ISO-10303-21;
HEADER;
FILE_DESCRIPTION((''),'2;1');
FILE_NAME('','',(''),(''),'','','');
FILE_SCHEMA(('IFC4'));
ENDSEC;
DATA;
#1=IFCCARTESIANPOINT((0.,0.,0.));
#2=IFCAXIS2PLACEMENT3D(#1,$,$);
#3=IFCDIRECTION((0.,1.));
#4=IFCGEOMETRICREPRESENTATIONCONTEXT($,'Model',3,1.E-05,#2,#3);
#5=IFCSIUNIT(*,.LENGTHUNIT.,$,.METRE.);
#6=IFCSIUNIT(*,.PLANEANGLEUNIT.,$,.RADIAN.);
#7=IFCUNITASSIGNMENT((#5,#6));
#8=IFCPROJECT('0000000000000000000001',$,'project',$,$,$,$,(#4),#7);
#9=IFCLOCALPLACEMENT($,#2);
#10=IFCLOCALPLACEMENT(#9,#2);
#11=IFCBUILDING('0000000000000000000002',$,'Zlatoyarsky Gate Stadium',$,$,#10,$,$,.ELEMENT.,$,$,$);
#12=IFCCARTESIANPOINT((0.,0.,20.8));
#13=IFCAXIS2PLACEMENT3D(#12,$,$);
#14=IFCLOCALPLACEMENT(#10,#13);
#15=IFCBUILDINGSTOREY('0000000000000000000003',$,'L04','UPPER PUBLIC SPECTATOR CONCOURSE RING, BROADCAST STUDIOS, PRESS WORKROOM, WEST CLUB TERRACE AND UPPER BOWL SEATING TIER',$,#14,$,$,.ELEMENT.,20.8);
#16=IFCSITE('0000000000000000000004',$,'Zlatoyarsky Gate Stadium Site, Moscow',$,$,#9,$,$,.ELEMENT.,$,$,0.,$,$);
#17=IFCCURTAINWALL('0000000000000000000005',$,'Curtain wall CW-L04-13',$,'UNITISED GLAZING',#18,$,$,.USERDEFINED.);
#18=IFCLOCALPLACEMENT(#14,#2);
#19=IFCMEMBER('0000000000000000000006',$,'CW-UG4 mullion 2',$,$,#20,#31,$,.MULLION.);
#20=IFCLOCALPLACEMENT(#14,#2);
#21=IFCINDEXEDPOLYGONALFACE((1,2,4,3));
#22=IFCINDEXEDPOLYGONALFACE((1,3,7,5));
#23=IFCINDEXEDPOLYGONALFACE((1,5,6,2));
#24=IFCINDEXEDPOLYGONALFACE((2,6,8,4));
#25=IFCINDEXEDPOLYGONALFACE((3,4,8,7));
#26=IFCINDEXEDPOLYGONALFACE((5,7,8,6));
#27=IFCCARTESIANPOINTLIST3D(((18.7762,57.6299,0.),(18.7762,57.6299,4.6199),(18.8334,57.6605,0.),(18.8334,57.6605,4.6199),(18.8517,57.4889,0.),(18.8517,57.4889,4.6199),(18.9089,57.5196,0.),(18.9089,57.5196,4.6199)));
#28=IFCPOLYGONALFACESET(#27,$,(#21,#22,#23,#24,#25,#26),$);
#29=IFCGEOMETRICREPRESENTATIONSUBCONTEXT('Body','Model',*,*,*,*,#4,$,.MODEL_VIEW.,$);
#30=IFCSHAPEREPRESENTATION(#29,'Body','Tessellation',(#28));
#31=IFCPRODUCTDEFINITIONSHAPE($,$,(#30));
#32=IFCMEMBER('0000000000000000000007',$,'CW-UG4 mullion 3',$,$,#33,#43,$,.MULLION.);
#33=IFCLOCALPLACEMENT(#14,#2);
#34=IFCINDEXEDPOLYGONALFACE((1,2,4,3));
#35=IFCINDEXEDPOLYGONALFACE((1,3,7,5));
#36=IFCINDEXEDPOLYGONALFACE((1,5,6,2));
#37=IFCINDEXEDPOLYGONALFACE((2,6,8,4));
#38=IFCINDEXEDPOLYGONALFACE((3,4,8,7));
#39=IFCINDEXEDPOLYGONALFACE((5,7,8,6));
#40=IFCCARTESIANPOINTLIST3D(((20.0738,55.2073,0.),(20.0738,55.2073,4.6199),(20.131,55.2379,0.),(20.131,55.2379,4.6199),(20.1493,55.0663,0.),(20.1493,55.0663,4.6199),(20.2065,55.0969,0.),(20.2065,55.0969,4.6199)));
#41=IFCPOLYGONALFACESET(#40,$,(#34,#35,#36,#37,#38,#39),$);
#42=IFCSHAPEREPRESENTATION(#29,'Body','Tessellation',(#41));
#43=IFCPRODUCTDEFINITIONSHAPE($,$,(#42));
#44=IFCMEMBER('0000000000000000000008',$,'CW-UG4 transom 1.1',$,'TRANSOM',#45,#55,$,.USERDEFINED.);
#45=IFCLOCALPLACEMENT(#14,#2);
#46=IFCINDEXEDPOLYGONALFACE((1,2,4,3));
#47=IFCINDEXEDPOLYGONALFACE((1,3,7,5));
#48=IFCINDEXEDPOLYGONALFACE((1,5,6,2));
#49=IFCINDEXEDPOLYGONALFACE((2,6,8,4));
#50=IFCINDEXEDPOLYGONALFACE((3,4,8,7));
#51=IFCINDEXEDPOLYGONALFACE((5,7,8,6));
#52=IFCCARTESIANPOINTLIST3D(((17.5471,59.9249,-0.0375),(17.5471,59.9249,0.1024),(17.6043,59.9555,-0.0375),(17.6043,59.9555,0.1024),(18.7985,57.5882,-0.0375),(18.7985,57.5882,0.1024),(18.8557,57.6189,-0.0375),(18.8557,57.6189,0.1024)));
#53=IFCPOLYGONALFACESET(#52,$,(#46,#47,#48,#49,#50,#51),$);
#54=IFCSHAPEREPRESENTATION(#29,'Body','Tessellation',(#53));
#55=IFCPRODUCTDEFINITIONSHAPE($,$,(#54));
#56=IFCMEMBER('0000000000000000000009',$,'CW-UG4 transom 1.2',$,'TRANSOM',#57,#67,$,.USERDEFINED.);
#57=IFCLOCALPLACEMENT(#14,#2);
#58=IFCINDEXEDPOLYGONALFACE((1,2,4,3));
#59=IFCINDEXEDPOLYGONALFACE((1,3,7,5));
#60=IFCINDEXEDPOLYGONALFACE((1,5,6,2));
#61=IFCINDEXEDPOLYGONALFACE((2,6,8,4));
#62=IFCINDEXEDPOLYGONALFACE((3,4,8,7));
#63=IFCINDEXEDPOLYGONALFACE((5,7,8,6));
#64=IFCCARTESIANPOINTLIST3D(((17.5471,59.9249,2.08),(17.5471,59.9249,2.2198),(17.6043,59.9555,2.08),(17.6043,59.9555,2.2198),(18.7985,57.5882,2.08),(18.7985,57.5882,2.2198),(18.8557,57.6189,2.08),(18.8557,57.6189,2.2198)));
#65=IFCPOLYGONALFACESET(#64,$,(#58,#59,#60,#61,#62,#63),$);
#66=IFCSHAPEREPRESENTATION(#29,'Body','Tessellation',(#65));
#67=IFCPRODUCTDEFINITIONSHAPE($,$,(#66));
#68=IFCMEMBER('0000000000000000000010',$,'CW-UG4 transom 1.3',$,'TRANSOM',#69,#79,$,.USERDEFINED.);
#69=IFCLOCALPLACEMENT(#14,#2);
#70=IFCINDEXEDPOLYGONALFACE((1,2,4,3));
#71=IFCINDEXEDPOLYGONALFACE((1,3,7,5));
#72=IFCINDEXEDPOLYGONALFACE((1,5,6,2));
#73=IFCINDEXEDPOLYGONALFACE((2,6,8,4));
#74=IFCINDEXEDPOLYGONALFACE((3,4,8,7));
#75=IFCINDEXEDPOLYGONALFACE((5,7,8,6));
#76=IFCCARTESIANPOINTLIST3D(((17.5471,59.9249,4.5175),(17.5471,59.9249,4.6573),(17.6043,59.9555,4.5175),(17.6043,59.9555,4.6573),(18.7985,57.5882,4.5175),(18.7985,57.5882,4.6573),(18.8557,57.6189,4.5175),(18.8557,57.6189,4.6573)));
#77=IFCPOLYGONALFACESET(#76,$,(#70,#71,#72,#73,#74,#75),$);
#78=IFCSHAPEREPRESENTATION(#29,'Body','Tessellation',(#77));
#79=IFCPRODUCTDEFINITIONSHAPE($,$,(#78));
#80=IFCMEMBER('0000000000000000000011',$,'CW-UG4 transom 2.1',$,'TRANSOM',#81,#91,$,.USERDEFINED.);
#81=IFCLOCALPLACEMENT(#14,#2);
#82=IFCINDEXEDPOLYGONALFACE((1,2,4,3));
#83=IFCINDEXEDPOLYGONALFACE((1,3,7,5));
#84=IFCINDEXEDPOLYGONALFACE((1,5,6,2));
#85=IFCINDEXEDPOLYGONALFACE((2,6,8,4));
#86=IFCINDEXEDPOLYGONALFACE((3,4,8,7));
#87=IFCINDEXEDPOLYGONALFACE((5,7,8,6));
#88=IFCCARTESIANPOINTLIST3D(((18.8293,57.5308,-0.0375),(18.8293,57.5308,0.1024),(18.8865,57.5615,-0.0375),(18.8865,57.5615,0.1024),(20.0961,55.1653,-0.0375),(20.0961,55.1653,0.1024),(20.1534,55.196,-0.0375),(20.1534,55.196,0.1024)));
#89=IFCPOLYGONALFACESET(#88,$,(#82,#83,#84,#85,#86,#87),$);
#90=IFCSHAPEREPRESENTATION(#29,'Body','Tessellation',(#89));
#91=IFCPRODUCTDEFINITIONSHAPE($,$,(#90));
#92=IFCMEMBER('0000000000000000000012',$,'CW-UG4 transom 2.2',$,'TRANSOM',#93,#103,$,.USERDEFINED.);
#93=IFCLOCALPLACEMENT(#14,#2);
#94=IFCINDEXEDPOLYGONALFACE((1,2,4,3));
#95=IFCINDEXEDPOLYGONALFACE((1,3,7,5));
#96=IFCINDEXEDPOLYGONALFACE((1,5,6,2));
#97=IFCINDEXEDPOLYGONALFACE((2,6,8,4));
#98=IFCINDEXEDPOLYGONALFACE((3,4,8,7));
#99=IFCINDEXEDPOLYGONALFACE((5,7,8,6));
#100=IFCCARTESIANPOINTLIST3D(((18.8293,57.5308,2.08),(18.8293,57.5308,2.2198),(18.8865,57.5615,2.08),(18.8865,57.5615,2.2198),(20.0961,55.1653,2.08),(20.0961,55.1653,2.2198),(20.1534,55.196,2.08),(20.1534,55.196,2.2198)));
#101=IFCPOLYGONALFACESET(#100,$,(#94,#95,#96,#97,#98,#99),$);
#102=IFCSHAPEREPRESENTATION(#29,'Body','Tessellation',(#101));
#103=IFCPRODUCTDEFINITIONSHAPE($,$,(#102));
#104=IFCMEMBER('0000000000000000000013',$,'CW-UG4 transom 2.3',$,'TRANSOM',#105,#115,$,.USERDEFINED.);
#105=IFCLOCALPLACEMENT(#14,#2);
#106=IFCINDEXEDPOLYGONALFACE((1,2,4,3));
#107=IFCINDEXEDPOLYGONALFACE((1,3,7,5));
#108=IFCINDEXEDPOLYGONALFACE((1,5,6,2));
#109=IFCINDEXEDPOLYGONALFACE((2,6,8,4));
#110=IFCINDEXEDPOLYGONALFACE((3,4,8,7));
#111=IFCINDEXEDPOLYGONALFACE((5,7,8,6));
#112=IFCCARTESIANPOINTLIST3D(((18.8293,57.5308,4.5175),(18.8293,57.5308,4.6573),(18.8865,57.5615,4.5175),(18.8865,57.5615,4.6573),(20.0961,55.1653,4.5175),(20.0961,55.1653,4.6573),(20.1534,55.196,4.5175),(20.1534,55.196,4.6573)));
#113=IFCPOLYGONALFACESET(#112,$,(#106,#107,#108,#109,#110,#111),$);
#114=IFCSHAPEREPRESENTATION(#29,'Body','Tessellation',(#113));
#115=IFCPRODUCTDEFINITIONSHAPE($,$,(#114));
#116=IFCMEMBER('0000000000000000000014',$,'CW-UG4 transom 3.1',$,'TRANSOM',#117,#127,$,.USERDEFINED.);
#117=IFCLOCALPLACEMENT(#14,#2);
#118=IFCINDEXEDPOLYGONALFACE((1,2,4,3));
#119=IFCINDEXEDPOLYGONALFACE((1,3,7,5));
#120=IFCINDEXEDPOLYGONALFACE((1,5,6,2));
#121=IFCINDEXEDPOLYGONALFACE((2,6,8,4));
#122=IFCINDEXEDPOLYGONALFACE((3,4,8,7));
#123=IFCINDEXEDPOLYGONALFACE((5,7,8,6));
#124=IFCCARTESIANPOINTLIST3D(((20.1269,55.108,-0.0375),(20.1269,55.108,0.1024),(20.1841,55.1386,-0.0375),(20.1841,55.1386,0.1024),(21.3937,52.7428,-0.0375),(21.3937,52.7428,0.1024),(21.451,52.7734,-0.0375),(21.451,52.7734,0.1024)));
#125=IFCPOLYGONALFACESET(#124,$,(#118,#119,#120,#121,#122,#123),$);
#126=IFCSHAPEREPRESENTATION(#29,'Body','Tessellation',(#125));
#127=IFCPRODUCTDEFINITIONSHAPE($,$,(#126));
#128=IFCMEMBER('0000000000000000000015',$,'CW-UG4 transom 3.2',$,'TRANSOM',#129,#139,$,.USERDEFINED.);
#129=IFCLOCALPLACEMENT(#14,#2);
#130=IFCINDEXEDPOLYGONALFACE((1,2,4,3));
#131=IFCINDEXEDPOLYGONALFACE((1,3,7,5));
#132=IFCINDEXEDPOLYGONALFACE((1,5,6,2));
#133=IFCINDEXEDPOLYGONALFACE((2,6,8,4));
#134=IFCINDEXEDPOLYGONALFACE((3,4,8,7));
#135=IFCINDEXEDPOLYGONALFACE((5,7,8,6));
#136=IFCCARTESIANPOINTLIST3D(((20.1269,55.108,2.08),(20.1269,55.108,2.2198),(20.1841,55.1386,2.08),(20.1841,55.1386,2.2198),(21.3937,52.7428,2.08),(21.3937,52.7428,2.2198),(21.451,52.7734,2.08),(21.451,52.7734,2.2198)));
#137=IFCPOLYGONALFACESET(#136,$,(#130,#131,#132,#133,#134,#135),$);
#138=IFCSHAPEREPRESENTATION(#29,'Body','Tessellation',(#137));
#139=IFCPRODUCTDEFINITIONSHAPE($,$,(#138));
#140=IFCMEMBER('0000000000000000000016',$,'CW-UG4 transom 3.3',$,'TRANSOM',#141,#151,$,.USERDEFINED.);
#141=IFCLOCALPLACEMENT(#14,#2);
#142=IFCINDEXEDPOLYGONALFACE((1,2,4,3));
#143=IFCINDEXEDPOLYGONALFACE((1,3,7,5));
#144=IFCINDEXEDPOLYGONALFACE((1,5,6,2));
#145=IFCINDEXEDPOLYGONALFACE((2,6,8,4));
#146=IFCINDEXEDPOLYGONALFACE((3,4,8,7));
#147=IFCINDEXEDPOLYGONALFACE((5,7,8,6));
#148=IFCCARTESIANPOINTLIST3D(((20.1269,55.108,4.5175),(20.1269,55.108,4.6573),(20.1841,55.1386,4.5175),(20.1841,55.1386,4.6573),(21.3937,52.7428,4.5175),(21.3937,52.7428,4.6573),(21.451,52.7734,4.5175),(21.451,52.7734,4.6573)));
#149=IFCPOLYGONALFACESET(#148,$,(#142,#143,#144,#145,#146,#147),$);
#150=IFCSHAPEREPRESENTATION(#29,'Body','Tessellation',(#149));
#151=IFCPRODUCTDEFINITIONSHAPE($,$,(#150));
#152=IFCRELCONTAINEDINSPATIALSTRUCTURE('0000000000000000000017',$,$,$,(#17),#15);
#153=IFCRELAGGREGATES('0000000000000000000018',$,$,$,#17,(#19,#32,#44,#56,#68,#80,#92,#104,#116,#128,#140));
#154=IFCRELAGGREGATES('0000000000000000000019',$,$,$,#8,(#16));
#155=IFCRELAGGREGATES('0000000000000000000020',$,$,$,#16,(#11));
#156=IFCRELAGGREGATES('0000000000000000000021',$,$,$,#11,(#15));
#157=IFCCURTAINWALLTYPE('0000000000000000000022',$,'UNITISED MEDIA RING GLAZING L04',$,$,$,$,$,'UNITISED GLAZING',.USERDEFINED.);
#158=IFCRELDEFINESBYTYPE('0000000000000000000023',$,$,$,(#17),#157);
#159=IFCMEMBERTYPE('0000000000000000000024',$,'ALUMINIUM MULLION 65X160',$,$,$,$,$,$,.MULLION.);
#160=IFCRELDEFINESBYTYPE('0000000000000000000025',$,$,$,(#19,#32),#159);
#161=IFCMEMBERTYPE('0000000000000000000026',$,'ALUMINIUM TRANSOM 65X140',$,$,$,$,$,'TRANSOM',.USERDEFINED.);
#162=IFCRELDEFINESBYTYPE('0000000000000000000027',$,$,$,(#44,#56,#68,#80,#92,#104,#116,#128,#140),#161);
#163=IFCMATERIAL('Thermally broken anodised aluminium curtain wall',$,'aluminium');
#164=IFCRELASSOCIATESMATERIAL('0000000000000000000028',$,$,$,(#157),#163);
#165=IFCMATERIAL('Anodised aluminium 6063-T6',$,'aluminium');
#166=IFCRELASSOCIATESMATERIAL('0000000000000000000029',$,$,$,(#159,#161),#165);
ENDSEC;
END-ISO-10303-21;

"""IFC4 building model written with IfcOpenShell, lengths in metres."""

from ifc_helpers import new_model, si_unit, direction, frame, origin, origin_2d, place, context, subcontext, project, spatial, rectangle, extrude, material, material_profile, profile_set, type_object, element, aggregate, save


model = new_model("IFC4")

# Units and contexts
model_context = context("Model", 3, precision=1e-05, world=origin(), true_north=direction((0.0, 1.0)))
body_context = subcontext(model_context, "Body", "Model", "MODEL_VIEW")
ifc_project = project(units=[si_unit("LENGTHUNIT", "METRE"), si_unit("PLANEANGLEUNIT", "RADIAN")], contexts=[model_context])

# Site, building, storey
site_placement = place(None, origin())
site = spatial("IfcSite", under=ifc_project, at=site_placement, Name="Zlatoyarsky Gate Stadium Site, Moscow", CompositionType="ELEMENT", RefElevation=0.0)
building_placement = place(site_placement, origin())
building = spatial("IfcBuilding", under=site, at=building_placement, Name="Zlatoyarsky Gate Stadium", CompositionType="ELEMENT")
storey_placement = place(building_placement, frame((0.0, 0.0, 20.8)))
storey = spatial("IfcBuildingStorey", under=building, at=storey_placement, Name="L04", Description="UPPER PUBLIC SPECTATOR CONCOURSE RING, BROADCAST STUDIOS, PRESS WORKROOM, WEST CLUB TERRACE AND UPPER BOWL SEATING TIER", CompositionType="ELEMENT", Elevation=20.8)

# Curtain wall, members
ifc_material_1 = material(Name="Thermally broken anodised aluminium curtain wall", Category="aluminium")
curtain_wall_type = type_object("IfcCurtainWallType", Name="UNITISED MEDIA RING GLAZING L04", ElementType="UNITISED GLAZING", PredefinedType="USERDEFINED", material=ifc_material_1)
curtain_wall_placement = place(storey_placement, origin())
curtain_wall = element("IfcCurtainWall", 1, at=curtain_wall_placement, inside=storey, type_object=curtain_wall_type, Name="Curtain wall CW-L04-13", ObjectType="UNITISED GLAZING", PredefinedType="USERDEFINED")
ifc_material_2 = material(Name="Anodised aluminium 6063-T6", Category="aluminium")
ifc_material_profile_1 = material_profile(ifc_material_2, rectangle(XDim=0.0649, YDim=0.1599, at=origin_2d()), Name="ALU 65X160")
ifc_profile_set_1 = profile_set([ifc_material_profile_1], Name="Anodised aluminium 6063-T6")
member_type_1 = type_object("IfcMemberType", Name="ALUMINIUM MULLION 65X160", PredefinedType="MULLION", material=ifc_profile_set_1)
member_1_placement = place(storey_placement, frame((18.8425, 57.5747, 0.0), z_axis=(0.0, 0.0, 1.0), x_axis=(0.881521, 0.472145, 0.0)))
member_1 = element("IfcMember", 2, at=member_1_placement, type_object=member_type_1, Name="CW-UG4 mullion 2", PredefinedType="MULLION", context=body_context, shape_type="SweptSolid", body=[
    extrude(rectangle(XDim=0.0649, YDim=0.1599, at=origin_2d()), origin(), (0.0, 0.0, 1.0), 4.6199),
])
member_2_placement = place(storey_placement, frame((20.1401, 55.1521, 0.0), z_axis=(0.0, 0.0, 1.0), x_axis=(0.881521, 0.472145, 0.0)))
member_2 = element("IfcMember", 3, at=member_2_placement, type_object=member_type_1, Name="CW-UG4 mullion 3", PredefinedType="MULLION", context=body_context, shape_type="SweptSolid", body=[
    extrude(rectangle(XDim=0.0649, YDim=0.1599, at=origin_2d()), origin(), (0.0, 0.0, 1.0), 4.6199),
])
ifc_material_profile_2 = material_profile(ifc_material_2, rectangle(XDim=0.0649, YDim=0.1399, at=origin_2d()), Name="ALU 65X140")
ifc_profile_set_2 = profile_set([ifc_material_profile_2], Name="Anodised aluminium 6063-T6")
member_type_2 = type_object("IfcMemberType", Name="ALUMINIUM TRANSOM 65X140", ElementType="TRANSOM", PredefinedType="USERDEFINED", material=ifc_profile_set_2)
member_3_placement = place(storey_placement, frame((17.5757, 59.9402, 0.0325), z_axis=(0.472127, -0.881531, 0.0), x_axis=(0.881531, 0.472127, 0.0)))
member_3 = element("IfcMember", 4, at=member_3_placement, type_object=member_type_2, Name="CW-UG4 transom 1.1", ObjectType="TRANSOM", PredefinedType="USERDEFINED", context=body_context, shape_type="SweptSolid", body=[
    extrude(rectangle(XDim=0.0649, YDim=0.1399, at=origin_2d()), origin(), (0.0, 0.0, 1.0), 2.6506),
])
member_4_placement = place(storey_placement, frame((17.5757, 59.9402, 2.1499), z_axis=(0.472127, -0.881531, 0.0), x_axis=(0.881531, 0.472127, 0.0)))
member_4 = element("IfcMember", 5, at=member_4_placement, type_object=member_type_2, Name="CW-UG4 transom 1.2", ObjectType="TRANSOM", PredefinedType="USERDEFINED", context=body_context, shape_type="SweptSolid", body=[
    extrude(rectangle(XDim=0.0649, YDim=0.1399, at=origin_2d()), origin(), (0.0, 0.0, 1.0), 2.6506),
])
member_5_placement = place(storey_placement, frame((17.5757, 59.9402, 4.5874), z_axis=(0.472127, -0.881531, 0.0), x_axis=(0.881531, 0.472127, 0.0)))
member_5 = element("IfcMember", 6, at=member_5_placement, type_object=member_type_2, Name="CW-UG4 transom 1.3", ObjectType="TRANSOM", PredefinedType="USERDEFINED", context=body_context, shape_type="SweptSolid", body=[
    extrude(rectangle(XDim=0.0649, YDim=0.1399, at=origin_2d()), origin(), (0.0, 0.0, 1.0), 2.6506),
])
member_6_placement = place(storey_placement, frame((18.8579, 57.5461, 0.0325), z_axis=(0.472113, -0.881538, 0.0), x_axis=(0.881538, 0.472113, 0.0)))
member_6 = element("IfcMember", 7, at=member_6_placement, type_object=member_type_2, Name="CW-UG4 transom 2.1", ObjectType="TRANSOM", PredefinedType="USERDEFINED", context=body_context, shape_type="SweptSolid", body=[
    extrude(rectangle(XDim=0.0649, YDim=0.1399, at=origin_2d()), origin(), (0.0, 0.0, 1.0), 2.6833),
])
member_7_placement = place(storey_placement, frame((18.8579, 57.5461, 2.1499), z_axis=(0.472113, -0.881538, 0.0), x_axis=(0.881538, 0.472113, 0.0)))
member_7 = element("IfcMember", 8, at=member_7_placement, type_object=member_type_2, Name="CW-UG4 transom 2.2", ObjectType="TRANSOM", PredefinedType="USERDEFINED", context=body_context, shape_type="SweptSolid", body=[
    extrude(rectangle(XDim=0.0649, YDim=0.1399, at=origin_2d()), origin(), (0.0, 0.0, 1.0), 2.6833),
])
member_8_placement = place(storey_placement, frame((18.8579, 57.5461, 4.5874), z_axis=(0.472113, -0.881538, 0.0), x_axis=(0.881538, 0.472113, 0.0)))
member_8 = element("IfcMember", 9, at=member_8_placement, type_object=member_type_2, Name="CW-UG4 transom 2.3", ObjectType="TRANSOM", PredefinedType="USERDEFINED", context=body_context, shape_type="SweptSolid", body=[
    extrude(rectangle(XDim=0.0649, YDim=0.1399, at=origin_2d()), origin(), (0.0, 0.0, 1.0), 2.6833),
])
member_9_placement = place(storey_placement, frame((20.1555, 55.1233, 0.0325), z_axis=(0.472151, -0.881518, 0.0), x_axis=(0.881518, 0.472151, 0.0)))
member_9 = element("IfcMember", 10, at=member_9_placement, type_object=member_type_2, Name="CW-UG4 transom 3.1", ObjectType="TRANSOM", PredefinedType="USERDEFINED", context=body_context, shape_type="SweptSolid", body=[
    extrude(rectangle(XDim=0.0649, YDim=0.1399, at=origin_2d()), origin(), (0.0, 0.0, 1.0), 2.6831),
])
member_10_placement = place(storey_placement, frame((20.1555, 55.1233, 2.1499), z_axis=(0.472151, -0.881518, 0.0), x_axis=(0.881518, 0.472151, 0.0)))
member_10 = element("IfcMember", 11, at=member_10_placement, type_object=member_type_2, Name="CW-UG4 transom 3.2", ObjectType="TRANSOM", PredefinedType="USERDEFINED", context=body_context, shape_type="SweptSolid", body=[
    extrude(rectangle(XDim=0.0649, YDim=0.1399, at=origin_2d()), origin(), (0.0, 0.0, 1.0), 2.6831),
])
member_11_placement = place(storey_placement, frame((20.1555, 55.1233, 4.5874), z_axis=(0.472151, -0.881518, 0.0), x_axis=(0.881518, 0.472151, 0.0)))
member_11 = element("IfcMember", 12, at=member_11_placement, type_object=member_type_2, Name="CW-UG4 transom 3.3", ObjectType="TRANSOM", PredefinedType="USERDEFINED", context=body_context, shape_type="SweptSolid", body=[
    extrude(rectangle(XDim=0.0649, YDim=0.1399, at=origin_2d()), origin(), (0.0, 0.0, 1.0), 2.6831),
])

aggregate(curtain_wall, [member_1, member_2, member_3, member_4, member_5, member_6, member_7, member_8, member_9, member_10, member_11])

save(model, "model.ifc")
